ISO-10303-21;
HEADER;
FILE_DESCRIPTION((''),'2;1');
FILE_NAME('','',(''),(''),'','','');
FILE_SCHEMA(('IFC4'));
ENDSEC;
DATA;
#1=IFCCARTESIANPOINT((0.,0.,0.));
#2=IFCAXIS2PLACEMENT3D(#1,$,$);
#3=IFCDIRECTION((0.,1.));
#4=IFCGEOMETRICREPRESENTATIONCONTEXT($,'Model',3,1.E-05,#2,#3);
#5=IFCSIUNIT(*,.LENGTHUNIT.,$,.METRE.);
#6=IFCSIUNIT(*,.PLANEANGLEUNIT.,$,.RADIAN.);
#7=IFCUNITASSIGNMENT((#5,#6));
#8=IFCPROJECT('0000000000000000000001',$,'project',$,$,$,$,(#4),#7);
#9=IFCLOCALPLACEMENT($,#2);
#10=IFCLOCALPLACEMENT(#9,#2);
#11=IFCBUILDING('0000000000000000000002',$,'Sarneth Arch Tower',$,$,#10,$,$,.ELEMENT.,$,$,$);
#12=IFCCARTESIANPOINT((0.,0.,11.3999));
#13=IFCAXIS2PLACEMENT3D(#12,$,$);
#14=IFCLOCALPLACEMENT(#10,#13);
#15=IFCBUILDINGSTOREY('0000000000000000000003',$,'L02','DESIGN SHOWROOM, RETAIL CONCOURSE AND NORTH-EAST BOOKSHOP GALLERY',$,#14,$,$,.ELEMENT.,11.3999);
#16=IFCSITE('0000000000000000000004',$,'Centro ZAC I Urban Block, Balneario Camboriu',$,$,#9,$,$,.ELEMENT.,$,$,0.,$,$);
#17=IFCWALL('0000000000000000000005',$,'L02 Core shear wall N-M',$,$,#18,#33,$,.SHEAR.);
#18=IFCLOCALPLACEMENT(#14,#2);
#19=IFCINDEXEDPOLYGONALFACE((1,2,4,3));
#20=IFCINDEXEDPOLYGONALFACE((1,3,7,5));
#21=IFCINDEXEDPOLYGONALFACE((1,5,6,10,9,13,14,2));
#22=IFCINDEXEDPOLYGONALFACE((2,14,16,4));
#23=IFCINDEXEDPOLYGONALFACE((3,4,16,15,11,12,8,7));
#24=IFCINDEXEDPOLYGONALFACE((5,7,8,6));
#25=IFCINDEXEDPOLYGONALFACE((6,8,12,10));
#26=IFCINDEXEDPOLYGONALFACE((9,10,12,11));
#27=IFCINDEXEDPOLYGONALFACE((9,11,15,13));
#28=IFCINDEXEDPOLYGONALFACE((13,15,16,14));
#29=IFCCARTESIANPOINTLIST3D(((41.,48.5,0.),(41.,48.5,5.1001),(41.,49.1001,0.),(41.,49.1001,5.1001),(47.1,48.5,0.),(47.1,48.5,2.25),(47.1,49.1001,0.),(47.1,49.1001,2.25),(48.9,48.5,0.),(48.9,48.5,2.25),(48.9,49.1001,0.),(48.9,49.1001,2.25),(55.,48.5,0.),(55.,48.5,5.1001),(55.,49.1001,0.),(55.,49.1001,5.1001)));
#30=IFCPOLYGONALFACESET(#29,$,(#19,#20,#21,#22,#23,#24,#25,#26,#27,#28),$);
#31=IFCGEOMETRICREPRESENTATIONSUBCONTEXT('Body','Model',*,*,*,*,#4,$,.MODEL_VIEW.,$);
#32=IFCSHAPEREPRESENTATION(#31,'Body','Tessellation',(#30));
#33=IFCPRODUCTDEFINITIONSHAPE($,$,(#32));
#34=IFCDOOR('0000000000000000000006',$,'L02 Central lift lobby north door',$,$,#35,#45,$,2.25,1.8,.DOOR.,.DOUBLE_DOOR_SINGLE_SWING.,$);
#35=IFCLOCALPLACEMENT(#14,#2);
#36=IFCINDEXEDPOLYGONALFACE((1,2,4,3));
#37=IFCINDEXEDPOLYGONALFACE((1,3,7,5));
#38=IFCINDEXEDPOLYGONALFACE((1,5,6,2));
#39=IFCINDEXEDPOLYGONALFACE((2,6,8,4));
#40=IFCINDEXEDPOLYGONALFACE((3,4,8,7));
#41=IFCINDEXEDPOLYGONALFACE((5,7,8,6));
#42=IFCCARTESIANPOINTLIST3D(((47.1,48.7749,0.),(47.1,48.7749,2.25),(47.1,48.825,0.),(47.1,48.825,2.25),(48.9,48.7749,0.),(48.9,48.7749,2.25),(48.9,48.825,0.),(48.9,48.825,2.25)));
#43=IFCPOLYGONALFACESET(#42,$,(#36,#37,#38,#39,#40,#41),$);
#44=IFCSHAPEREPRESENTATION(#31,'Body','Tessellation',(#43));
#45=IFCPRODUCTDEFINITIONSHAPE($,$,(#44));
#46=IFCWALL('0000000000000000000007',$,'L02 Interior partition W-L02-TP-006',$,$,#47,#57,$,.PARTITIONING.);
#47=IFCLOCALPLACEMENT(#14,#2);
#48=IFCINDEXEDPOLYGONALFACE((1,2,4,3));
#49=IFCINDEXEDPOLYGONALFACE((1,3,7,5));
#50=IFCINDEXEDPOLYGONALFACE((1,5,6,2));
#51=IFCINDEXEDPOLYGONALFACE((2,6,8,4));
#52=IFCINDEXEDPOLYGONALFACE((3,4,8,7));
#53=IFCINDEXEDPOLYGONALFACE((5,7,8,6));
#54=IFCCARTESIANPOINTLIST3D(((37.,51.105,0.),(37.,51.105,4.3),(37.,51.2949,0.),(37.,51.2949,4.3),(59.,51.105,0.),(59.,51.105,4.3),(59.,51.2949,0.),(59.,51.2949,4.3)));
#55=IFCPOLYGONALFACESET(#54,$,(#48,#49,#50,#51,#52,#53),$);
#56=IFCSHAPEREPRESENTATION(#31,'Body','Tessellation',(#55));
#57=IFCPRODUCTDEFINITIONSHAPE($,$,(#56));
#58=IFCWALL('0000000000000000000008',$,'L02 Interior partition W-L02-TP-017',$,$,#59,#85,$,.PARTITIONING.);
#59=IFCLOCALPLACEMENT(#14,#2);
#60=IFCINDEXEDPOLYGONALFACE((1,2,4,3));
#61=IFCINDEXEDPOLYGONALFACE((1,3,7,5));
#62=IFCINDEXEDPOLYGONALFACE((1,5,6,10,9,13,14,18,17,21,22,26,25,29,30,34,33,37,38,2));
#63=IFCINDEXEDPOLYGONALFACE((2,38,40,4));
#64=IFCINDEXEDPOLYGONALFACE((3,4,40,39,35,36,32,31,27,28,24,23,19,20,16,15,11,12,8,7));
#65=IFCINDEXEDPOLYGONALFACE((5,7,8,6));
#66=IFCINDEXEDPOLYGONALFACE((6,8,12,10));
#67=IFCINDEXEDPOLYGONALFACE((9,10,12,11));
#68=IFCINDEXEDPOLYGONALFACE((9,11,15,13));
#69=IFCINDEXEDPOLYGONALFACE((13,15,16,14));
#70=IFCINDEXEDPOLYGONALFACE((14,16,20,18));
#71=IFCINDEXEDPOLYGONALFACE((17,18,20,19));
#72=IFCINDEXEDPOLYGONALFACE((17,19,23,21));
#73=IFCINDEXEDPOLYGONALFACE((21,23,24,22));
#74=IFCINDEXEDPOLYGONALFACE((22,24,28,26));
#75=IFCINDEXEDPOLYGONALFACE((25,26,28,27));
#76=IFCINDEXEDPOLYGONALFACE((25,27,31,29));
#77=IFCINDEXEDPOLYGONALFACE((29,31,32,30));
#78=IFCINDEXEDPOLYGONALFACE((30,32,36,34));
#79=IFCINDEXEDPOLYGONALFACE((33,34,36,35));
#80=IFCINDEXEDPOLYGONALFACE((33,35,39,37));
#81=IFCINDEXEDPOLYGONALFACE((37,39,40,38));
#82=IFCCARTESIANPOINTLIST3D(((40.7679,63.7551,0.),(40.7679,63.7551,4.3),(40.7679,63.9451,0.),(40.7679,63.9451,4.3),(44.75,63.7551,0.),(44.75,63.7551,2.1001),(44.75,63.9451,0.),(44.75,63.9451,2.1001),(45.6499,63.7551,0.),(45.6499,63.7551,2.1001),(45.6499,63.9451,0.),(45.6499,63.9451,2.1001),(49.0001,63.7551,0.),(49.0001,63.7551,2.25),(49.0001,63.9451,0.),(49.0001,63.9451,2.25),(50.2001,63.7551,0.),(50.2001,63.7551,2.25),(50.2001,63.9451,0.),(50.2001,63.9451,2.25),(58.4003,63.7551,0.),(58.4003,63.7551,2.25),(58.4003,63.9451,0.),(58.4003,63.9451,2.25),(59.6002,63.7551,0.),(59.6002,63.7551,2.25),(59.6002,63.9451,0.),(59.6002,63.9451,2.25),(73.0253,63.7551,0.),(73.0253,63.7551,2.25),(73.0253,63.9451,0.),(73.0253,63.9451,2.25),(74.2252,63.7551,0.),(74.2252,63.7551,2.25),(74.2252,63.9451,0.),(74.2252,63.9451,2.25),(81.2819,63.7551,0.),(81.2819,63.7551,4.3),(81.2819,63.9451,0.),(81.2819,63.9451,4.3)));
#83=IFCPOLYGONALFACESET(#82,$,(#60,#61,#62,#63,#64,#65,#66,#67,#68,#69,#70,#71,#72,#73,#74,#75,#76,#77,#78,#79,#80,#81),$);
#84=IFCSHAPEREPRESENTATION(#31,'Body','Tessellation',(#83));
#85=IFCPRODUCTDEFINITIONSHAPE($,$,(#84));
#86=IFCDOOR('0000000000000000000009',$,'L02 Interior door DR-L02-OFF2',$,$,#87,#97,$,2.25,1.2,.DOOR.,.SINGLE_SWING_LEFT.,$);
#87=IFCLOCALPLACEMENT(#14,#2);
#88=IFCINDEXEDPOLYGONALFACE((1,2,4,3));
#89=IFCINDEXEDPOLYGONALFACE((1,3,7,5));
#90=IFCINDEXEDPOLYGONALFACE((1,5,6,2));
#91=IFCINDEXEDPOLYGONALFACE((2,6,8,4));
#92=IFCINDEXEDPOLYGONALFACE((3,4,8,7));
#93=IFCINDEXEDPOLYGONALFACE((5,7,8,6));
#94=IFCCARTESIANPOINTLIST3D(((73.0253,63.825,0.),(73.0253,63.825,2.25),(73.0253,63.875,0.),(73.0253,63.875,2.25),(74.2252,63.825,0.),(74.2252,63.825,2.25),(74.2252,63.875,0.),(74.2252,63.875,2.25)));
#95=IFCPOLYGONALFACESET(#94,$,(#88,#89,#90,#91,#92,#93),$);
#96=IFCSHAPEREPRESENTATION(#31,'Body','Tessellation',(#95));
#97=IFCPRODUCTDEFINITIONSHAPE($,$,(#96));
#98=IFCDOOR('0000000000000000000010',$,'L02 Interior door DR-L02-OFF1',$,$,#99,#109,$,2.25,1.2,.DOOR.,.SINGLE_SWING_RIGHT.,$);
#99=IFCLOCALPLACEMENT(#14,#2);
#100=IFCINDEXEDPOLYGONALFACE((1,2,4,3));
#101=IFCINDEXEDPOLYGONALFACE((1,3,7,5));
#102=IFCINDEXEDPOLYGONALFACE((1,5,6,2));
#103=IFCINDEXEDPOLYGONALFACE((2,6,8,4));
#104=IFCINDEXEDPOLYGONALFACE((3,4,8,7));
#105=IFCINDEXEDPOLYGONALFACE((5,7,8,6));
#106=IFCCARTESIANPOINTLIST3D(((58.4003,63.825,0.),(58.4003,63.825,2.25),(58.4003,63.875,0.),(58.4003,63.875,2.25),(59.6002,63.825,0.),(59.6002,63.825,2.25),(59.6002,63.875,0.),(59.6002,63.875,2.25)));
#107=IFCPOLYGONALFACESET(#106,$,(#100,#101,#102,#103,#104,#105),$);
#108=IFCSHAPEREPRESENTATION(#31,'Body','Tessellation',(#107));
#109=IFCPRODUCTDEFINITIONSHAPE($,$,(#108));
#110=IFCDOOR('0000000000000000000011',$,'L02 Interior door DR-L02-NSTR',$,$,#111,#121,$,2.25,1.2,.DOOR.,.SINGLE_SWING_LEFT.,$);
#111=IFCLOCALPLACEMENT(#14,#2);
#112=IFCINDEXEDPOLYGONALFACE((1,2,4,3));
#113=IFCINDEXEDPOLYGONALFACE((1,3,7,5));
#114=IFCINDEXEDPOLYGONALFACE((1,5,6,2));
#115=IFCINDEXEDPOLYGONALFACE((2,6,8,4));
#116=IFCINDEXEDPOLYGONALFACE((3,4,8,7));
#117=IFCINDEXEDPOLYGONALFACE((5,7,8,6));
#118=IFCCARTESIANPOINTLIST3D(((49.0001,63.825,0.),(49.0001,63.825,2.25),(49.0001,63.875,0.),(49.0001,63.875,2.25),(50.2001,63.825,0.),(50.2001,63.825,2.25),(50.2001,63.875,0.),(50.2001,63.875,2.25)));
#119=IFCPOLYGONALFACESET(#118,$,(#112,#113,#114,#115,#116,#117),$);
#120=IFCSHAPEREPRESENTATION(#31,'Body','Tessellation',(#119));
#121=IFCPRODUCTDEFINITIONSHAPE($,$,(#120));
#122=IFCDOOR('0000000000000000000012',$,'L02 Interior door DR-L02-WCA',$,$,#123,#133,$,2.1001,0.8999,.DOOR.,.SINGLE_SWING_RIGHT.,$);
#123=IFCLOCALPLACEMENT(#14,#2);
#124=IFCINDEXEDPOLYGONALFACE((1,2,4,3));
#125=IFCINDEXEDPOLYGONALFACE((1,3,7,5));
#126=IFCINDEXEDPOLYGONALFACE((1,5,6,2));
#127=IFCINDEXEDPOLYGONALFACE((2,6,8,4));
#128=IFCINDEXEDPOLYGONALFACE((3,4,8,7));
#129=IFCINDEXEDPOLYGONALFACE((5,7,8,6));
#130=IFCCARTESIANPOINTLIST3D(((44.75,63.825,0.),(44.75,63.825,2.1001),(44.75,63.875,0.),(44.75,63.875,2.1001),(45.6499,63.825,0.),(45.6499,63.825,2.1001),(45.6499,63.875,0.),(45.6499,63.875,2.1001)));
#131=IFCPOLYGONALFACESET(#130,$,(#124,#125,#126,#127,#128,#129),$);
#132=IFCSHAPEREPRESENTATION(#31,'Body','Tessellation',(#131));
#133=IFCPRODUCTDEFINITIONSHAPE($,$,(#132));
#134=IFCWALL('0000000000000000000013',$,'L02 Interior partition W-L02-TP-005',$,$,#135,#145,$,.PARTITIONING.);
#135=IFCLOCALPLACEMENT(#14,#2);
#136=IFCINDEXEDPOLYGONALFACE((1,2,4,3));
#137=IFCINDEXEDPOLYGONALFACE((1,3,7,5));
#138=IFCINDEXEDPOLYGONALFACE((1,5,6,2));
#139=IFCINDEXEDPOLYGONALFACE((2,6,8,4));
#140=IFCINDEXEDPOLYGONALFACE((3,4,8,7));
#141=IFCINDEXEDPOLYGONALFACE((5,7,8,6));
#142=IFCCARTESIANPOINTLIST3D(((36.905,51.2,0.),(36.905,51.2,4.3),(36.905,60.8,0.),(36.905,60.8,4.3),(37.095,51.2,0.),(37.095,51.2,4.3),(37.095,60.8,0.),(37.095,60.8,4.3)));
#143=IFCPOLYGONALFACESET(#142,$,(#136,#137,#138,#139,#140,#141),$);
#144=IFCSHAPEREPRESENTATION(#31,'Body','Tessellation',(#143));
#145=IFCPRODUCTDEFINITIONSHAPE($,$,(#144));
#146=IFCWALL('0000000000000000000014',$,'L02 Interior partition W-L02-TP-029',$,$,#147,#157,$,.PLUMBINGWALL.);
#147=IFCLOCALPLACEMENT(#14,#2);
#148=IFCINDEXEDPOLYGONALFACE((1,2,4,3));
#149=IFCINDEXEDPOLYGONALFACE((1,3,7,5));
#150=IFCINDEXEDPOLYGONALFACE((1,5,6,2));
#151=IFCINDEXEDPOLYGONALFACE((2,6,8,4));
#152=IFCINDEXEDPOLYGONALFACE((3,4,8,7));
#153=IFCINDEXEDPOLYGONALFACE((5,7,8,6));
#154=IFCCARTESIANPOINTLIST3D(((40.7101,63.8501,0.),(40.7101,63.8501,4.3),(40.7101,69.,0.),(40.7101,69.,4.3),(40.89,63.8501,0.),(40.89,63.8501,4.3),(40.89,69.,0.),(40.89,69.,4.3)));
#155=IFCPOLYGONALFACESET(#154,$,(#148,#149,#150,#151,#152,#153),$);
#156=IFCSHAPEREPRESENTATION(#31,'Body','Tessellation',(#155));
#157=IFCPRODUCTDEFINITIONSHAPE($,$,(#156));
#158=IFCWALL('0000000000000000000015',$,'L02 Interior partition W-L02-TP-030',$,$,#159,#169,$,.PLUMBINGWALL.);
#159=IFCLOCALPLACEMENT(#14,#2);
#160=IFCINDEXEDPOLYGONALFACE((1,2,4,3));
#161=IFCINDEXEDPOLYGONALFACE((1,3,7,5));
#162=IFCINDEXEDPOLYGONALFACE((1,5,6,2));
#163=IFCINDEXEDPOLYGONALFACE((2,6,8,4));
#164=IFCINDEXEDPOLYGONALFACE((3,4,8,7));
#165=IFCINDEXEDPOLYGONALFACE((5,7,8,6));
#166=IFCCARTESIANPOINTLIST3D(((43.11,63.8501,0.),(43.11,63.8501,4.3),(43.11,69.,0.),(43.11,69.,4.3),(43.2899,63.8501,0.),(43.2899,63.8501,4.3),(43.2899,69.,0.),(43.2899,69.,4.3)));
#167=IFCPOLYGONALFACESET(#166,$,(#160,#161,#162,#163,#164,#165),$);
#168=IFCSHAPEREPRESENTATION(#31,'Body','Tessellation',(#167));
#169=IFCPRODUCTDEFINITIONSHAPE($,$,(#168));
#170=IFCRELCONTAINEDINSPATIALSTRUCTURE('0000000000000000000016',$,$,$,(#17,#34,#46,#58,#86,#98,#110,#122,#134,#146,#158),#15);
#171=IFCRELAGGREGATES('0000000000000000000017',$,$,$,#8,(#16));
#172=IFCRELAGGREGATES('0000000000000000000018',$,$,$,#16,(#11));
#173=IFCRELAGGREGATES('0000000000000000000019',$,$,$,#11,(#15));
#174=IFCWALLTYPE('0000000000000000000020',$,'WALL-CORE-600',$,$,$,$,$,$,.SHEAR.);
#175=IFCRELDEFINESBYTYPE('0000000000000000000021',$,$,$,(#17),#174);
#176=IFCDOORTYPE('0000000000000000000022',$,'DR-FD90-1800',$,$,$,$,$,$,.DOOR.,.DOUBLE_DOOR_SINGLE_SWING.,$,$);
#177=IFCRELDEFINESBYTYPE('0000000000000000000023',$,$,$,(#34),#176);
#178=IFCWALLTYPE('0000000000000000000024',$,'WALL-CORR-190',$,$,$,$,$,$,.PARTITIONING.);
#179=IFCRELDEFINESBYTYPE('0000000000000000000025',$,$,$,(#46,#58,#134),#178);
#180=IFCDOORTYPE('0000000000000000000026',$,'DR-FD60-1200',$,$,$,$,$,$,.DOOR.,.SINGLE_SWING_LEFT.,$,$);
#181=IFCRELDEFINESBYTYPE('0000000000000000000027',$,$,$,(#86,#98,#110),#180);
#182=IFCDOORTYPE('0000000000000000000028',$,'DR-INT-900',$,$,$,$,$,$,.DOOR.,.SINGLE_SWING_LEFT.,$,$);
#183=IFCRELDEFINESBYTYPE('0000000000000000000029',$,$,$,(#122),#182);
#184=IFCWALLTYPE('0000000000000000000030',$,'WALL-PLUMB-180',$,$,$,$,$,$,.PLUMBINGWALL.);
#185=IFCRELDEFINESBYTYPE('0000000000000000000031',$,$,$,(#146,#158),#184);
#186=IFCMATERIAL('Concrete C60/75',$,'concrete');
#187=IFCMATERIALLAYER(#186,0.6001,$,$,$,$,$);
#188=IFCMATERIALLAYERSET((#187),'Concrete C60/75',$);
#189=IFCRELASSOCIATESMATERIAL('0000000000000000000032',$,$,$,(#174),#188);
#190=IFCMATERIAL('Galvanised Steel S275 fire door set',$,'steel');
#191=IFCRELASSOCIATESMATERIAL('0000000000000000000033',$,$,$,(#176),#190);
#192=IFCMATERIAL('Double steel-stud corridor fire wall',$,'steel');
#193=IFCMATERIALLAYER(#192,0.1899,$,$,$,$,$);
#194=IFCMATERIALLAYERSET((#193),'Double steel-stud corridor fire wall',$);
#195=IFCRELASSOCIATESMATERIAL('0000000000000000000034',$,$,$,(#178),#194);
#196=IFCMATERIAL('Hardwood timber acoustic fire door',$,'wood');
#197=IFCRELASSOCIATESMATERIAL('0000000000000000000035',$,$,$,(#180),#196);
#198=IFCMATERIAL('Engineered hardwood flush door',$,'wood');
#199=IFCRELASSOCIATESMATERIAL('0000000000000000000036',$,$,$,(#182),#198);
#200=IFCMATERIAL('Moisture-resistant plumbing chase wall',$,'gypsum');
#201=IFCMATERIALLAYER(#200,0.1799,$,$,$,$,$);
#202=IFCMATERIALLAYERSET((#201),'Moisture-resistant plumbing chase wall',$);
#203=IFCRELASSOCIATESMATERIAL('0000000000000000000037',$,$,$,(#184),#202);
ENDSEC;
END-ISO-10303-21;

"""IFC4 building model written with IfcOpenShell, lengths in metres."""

from ifc_helpers import new_model, si_unit, direction, frame, frame_2d, origin, place, context, subcontext, project, spatial, rectangle, extrude, material, layer, layer_set, type_object, element, fill, save


model = new_model("IFC4")

# Units and contexts
model_context = context("Model", 3, precision=1e-05, world=origin(), true_north=direction((0.0, 1.0)))
body_context = subcontext(model_context, "Body", "Model", "MODEL_VIEW")
ifc_project = project(units=[si_unit("LENGTHUNIT", "METRE"), si_unit("PLANEANGLEUNIT", "RADIAN")], contexts=[model_context])

# Site, building, storey
site_placement = place(None, origin())
site = spatial("IfcSite", under=ifc_project, at=site_placement, Name="Centro ZAC I Urban Block, Balneario Camboriu", CompositionType="ELEMENT", RefElevation=0.0)
building_placement = place(site_placement, origin())
building = spatial("IfcBuilding", under=site, at=building_placement, Name="Sarneth Arch Tower", CompositionType="ELEMENT")
storey_placement = place(building_placement, frame((0.0, 0.0, 11.3999)))
storey = spatial("IfcBuildingStorey", under=building, at=storey_placement, Name="L02", Description="DESIGN SHOWROOM, RETAIL CONCOURSE AND NORTH-EAST BOOKSHOP GALLERY", CompositionType="ELEMENT", Elevation=11.3999)

# Shared definitions
ifc_material_1 = material(Name="Concrete C60/75", Category="concrete")
ifc_layer_1 = layer(ifc_material_1, 0.6001)
ifc_layer_set_1 = layer_set([ifc_layer_1], Name="Concrete C60/75")
wall_type_1 = type_object("IfcWallType", Name="WALL-CORE-600", PredefinedType="SHEAR", material=ifc_layer_set_1)

# Wall, opening, door
wall_1_placement = place(storey_placement, frame((41.0, 48.8, 0.0), z_axis=(0.0, 0.0, 1.0), x_axis=(1.0, 0.0, 0.0)))
wall_1 = element("IfcWall", 1, at=wall_1_placement, inside=storey, type_object=wall_type_1, Name="L02 Core shear wall N-M", PredefinedType="SHEAR", context=body_context, shape_type="SweptSolid", body=[
    extrude(rectangle(XDim=14.0, YDim=0.6001, at=frame_2d((7.0, 0.0))), origin(), (0.0, 0.0, 1.0), 5.1001),
])
opening_1_placement = place(wall_1_placement, frame((6.1001, 0.0, 0.0)))
opening_1 = element("IfcOpeningElement", 2, at=opening_1_placement, cuts=wall_1, PredefinedType="OPENING", context=body_context, shape_type="SweptSolid", body=[
    extrude(rectangle(XDim=1.8, YDim=2.25, at=frame_2d((0.8999, 1.125))), frame((0.0, 0.3101, 0.0), z_axis=(0.0, -1.0, 0.0), x_axis=(1.0, 0.0, 0.0)), (0.0, 0.0, 1.0), 0.6201),
])
ifc_material_2 = material(Name="Galvanised Steel S275 fire door set", Category="steel")
door_type_1 = type_object("IfcDoorType", Name="DR-FD90-1800", OperationType="DOUBLE_DOOR_SINGLE_SWING", PredefinedType="DOOR", material=ifc_material_2)
door_1_placement = place(opening_1_placement, origin())
door_1 = element("IfcDoor", 3, at=door_1_placement, inside=storey, type_object=door_type_1, Name="L02 Central lift lobby north door", OperationType="DOUBLE_DOOR_SINGLE_SWING", OverallHeight=2.25, OverallWidth=1.8, PredefinedType="DOOR", context=body_context, shape_type="SweptSolid", body=[
    extrude(rectangle(XDim=1.8, YDim=2.25, at=frame_2d((0.8999, 1.125))), frame((0.0, 0.0249, 0.0), z_axis=(0.0, -1.0, 0.0), x_axis=(1.0, 0.0, 0.0)), (0.0, 0.0, 1.0), 0.05),
])
fill(opening_1, door_1)

# Wall
ifc_material_3 = material(Name="Double steel-stud corridor fire wall", Category="steel")
ifc_layer_2 = layer(ifc_material_3, 0.1899)
ifc_layer_set_2 = layer_set([ifc_layer_2], Name="Double steel-stud corridor fire wall")
wall_type_2 = type_object("IfcWallType", Name="WALL-CORR-190", PredefinedType="PARTITIONING", material=ifc_layer_set_2)
wall_2_placement = place(storey_placement, frame((37.0, 51.2, 0.0), z_axis=(0.0, 0.0, 1.0), x_axis=(1.0, 0.0, 0.0)))
element("IfcWall", 4, at=wall_2_placement, inside=storey, type_object=wall_type_2, Name="L02 Interior partition W-L02-TP-006", PredefinedType="PARTITIONING", context=body_context, shape_type="SweptSolid", body=[
    extrude(rectangle(XDim=22.0, YDim=0.1899, at=frame_2d((11.0, 0.0))), origin(), (0.0, 0.0, 1.0), 4.3),
])

# Wall, openings, doors
wall_3_placement = place(storey_placement, frame((40.7681, 63.8501, 0.0), z_axis=(0.0, 0.0, 1.0), x_axis=(1.0, 0.0, 0.0)))
wall_3 = element("IfcWall", 5, at=wall_3_placement, inside=storey, type_object=wall_type_2, Name="L02 Interior partition W-L02-TP-017", PredefinedType="PARTITIONING", context=body_context, shape_type="SweptSolid", body=[
    extrude(rectangle(XDim=40.5139, YDim=0.1899, at=frame_2d((20.2568, 0.0))), origin(), (0.0, 0.0, 1.0), 4.3),
])
opening_2_placement = place(wall_3_placement, frame((32.2571, 0.0, 0.0)))
opening_2 = element("IfcOpeningElement", 6, at=opening_2_placement, cuts=wall_3, PredefinedType="OPENING", context=body_context, shape_type="SweptSolid", body=[
    extrude(rectangle(XDim=1.2, YDim=2.25, at=frame_2d((0.6001, 1.125))), frame((0.0, 0.105, 0.0), z_axis=(0.0, -1.0, 0.0), x_axis=(1.0, 0.0, 0.0)), (0.0, 0.0, 1.0), 0.21),
])
opening_3_placement = place(wall_3_placement, frame((17.6321, 0.0, 0.0)))
opening_3 = element("IfcOpeningElement", 7, at=opening_3_placement, cuts=wall_3, PredefinedType="OPENING", context=body_context, shape_type="SweptSolid", body=[
    extrude(rectangle(XDim=1.2, YDim=2.25, at=frame_2d((0.6001, 1.125))), frame((0.0, 0.105, 0.0), z_axis=(0.0, -1.0, 0.0), x_axis=(1.0, 0.0, 0.0)), (0.0, 0.0, 1.0), 0.21),
])
opening_4_placement = place(wall_3_placement, frame((8.2319, 0.0, 0.0)))
opening_4 = element("IfcOpeningElement", 8, at=opening_4_placement, cuts=wall_3, PredefinedType="OPENING", context=body_context, shape_type="SweptSolid", body=[
    extrude(rectangle(XDim=1.2, YDim=2.25, at=frame_2d((0.6001, 1.125))), frame((0.0, 0.105, 0.0), z_axis=(0.0, -1.0, 0.0), x_axis=(1.0, 0.0, 0.0)), (0.0, 0.0, 1.0), 0.21),
])
opening_5_placement = place(wall_3_placement, frame((3.9819, 0.0, 0.0)))
opening_5 = element("IfcOpeningElement", 9, at=opening_5_placement, cuts=wall_3, PredefinedType="OPENING", context=body_context, shape_type="SweptSolid", body=[
    extrude(rectangle(XDim=0.8999, YDim=2.1001, at=frame_2d((0.45, 1.05))), frame((0.0, 0.105, 0.0), z_axis=(0.0, -1.0, 0.0), x_axis=(1.0, 0.0, 0.0)), (0.0, 0.0, 1.0), 0.21),
])
ifc_material_4 = material(Name="Hardwood timber acoustic fire door", Category="wood")
door_type_2 = type_object("IfcDoorType", Name="DR-FD60-1200", OperationType="SINGLE_SWING_LEFT", PredefinedType="DOOR", material=ifc_material_4)
door_2_placement = place(opening_2_placement, origin())
door_2 = element("IfcDoor", 10, at=door_2_placement, inside=storey, type_object=door_type_2, Name="L02 Interior door DR-L02-OFF2", OperationType="SINGLE_SWING_LEFT", OverallHeight=2.25, OverallWidth=1.2, PredefinedType="DOOR", context=body_context, shape_type="SweptSolid", body=[
    extrude(rectangle(XDim=1.2, YDim=2.25, at=frame_2d((0.6001, 1.125))), frame((0.0, 0.0249, 0.0), z_axis=(0.0, -1.0, 0.0), x_axis=(1.0, 0.0, 0.0)), (0.0, 0.0, 1.0), 0.05),
])
fill(opening_2, door_2)
door_3_placement = place(opening_3_placement, origin())
door_3 = element("IfcDoor", 11, at=door_3_placement, inside=storey, type_object=door_type_2, Name="L02 Interior door DR-L02-OFF1", OperationType="SINGLE_SWING_RIGHT", OverallHeight=2.25, OverallWidth=1.2, PredefinedType="DOOR", context=body_context, shape_type="SweptSolid", body=[
    extrude(rectangle(XDim=1.2, YDim=2.25, at=frame_2d((0.6001, 1.125))), frame((0.0, 0.0249, 0.0), z_axis=(0.0, -1.0, 0.0), x_axis=(1.0, 0.0, 0.0)), (0.0, 0.0, 1.0), 0.05),
])
fill(opening_3, door_3)
door_4_placement = place(opening_4_placement, origin())
door_4 = element("IfcDoor", 12, at=door_4_placement, inside=storey, type_object=door_type_2, Name="L02 Interior door DR-L02-NSTR", OperationType="SINGLE_SWING_LEFT", OverallHeight=2.25, OverallWidth=1.2, PredefinedType="DOOR", context=body_context, shape_type="SweptSolid", body=[
    extrude(rectangle(XDim=1.2, YDim=2.25, at=frame_2d((0.6001, 1.125))), frame((0.0, 0.0249, 0.0), z_axis=(0.0, -1.0, 0.0), x_axis=(1.0, 0.0, 0.0)), (0.0, 0.0, 1.0), 0.05),
])
fill(opening_4, door_4)
ifc_material_5 = material(Name="Engineered hardwood flush door", Category="wood")
door_type_3 = type_object("IfcDoorType", Name="DR-INT-900", OperationType="SINGLE_SWING_LEFT", PredefinedType="DOOR", material=ifc_material_5)
door_5_placement = place(opening_5_placement, origin())
door_5 = element("IfcDoor", 13, at=door_5_placement, inside=storey, type_object=door_type_3, Name="L02 Interior door DR-L02-WCA", OperationType="SINGLE_SWING_RIGHT", OverallHeight=2.1001, OverallWidth=0.8999, PredefinedType="DOOR", context=body_context, shape_type="SweptSolid", body=[
    extrude(rectangle(XDim=0.8999, YDim=2.1001, at=frame_2d((0.45, 1.05))), frame((0.0, 0.0249, 0.0), z_axis=(0.0, -1.0, 0.0), x_axis=(1.0, 0.0, 0.0)), (0.0, 0.0, 1.0), 0.05),
])
fill(opening_5, door_5)

# Walls
wall_4_placement = place(storey_placement, frame((37.0, 60.8, 0.0), z_axis=(0.0, 0.0, 1.0), x_axis=(0.0, -1.0, 0.0)))
element("IfcWall", 14, at=wall_4_placement, inside=storey, type_object=wall_type_2, Name="L02 Interior partition W-L02-TP-005", PredefinedType="PARTITIONING", context=body_context, shape_type="SweptSolid", body=[
    extrude(rectangle(XDim=9.6001, YDim=0.1899, at=frame_2d((4.8, 0.0))), origin(), (0.0, 0.0, 1.0), 4.3),
])
ifc_material_6 = material(Name="Moisture-resistant plumbing chase wall", Category="gypsum")
ifc_layer_3 = layer(ifc_material_6, 0.1799)
ifc_layer_set_3 = layer_set([ifc_layer_3], Name="Moisture-resistant plumbing chase wall")
wall_type_3 = type_object("IfcWallType", Name="WALL-PLUMB-180", PredefinedType="PLUMBINGWALL", material=ifc_layer_set_3)
for number, where, z_axis, x_axis, name in (
    (15, (40.8, 69.0, 0.0), (0.0, 0.0, 1.0), (0.0, -1.0, 0.0), "L02 Interior partition W-L02-TP-029"),
    (16, (43.2, 63.8501, 0.0), (0.0, 0.0, 1.0), (0.0, 1.0, 0.0), "L02 Interior partition W-L02-TP-030"),
):
    element("IfcWall", number, at=place(storey_placement, frame(where, z_axis=z_axis, x_axis=x_axis)), inside=storey, type_object=wall_type_3, Name=name, PredefinedType="PLUMBINGWALL", context=body_context, shape_type="SweptSolid", body=[
        extrude(rectangle(XDim=5.1499, YDim=0.1799, at=frame_2d((2.575, 0.0))), origin(), (0.0, 0.0, 1.0), 4.3),
    ])

save(model, "model.ifc")
